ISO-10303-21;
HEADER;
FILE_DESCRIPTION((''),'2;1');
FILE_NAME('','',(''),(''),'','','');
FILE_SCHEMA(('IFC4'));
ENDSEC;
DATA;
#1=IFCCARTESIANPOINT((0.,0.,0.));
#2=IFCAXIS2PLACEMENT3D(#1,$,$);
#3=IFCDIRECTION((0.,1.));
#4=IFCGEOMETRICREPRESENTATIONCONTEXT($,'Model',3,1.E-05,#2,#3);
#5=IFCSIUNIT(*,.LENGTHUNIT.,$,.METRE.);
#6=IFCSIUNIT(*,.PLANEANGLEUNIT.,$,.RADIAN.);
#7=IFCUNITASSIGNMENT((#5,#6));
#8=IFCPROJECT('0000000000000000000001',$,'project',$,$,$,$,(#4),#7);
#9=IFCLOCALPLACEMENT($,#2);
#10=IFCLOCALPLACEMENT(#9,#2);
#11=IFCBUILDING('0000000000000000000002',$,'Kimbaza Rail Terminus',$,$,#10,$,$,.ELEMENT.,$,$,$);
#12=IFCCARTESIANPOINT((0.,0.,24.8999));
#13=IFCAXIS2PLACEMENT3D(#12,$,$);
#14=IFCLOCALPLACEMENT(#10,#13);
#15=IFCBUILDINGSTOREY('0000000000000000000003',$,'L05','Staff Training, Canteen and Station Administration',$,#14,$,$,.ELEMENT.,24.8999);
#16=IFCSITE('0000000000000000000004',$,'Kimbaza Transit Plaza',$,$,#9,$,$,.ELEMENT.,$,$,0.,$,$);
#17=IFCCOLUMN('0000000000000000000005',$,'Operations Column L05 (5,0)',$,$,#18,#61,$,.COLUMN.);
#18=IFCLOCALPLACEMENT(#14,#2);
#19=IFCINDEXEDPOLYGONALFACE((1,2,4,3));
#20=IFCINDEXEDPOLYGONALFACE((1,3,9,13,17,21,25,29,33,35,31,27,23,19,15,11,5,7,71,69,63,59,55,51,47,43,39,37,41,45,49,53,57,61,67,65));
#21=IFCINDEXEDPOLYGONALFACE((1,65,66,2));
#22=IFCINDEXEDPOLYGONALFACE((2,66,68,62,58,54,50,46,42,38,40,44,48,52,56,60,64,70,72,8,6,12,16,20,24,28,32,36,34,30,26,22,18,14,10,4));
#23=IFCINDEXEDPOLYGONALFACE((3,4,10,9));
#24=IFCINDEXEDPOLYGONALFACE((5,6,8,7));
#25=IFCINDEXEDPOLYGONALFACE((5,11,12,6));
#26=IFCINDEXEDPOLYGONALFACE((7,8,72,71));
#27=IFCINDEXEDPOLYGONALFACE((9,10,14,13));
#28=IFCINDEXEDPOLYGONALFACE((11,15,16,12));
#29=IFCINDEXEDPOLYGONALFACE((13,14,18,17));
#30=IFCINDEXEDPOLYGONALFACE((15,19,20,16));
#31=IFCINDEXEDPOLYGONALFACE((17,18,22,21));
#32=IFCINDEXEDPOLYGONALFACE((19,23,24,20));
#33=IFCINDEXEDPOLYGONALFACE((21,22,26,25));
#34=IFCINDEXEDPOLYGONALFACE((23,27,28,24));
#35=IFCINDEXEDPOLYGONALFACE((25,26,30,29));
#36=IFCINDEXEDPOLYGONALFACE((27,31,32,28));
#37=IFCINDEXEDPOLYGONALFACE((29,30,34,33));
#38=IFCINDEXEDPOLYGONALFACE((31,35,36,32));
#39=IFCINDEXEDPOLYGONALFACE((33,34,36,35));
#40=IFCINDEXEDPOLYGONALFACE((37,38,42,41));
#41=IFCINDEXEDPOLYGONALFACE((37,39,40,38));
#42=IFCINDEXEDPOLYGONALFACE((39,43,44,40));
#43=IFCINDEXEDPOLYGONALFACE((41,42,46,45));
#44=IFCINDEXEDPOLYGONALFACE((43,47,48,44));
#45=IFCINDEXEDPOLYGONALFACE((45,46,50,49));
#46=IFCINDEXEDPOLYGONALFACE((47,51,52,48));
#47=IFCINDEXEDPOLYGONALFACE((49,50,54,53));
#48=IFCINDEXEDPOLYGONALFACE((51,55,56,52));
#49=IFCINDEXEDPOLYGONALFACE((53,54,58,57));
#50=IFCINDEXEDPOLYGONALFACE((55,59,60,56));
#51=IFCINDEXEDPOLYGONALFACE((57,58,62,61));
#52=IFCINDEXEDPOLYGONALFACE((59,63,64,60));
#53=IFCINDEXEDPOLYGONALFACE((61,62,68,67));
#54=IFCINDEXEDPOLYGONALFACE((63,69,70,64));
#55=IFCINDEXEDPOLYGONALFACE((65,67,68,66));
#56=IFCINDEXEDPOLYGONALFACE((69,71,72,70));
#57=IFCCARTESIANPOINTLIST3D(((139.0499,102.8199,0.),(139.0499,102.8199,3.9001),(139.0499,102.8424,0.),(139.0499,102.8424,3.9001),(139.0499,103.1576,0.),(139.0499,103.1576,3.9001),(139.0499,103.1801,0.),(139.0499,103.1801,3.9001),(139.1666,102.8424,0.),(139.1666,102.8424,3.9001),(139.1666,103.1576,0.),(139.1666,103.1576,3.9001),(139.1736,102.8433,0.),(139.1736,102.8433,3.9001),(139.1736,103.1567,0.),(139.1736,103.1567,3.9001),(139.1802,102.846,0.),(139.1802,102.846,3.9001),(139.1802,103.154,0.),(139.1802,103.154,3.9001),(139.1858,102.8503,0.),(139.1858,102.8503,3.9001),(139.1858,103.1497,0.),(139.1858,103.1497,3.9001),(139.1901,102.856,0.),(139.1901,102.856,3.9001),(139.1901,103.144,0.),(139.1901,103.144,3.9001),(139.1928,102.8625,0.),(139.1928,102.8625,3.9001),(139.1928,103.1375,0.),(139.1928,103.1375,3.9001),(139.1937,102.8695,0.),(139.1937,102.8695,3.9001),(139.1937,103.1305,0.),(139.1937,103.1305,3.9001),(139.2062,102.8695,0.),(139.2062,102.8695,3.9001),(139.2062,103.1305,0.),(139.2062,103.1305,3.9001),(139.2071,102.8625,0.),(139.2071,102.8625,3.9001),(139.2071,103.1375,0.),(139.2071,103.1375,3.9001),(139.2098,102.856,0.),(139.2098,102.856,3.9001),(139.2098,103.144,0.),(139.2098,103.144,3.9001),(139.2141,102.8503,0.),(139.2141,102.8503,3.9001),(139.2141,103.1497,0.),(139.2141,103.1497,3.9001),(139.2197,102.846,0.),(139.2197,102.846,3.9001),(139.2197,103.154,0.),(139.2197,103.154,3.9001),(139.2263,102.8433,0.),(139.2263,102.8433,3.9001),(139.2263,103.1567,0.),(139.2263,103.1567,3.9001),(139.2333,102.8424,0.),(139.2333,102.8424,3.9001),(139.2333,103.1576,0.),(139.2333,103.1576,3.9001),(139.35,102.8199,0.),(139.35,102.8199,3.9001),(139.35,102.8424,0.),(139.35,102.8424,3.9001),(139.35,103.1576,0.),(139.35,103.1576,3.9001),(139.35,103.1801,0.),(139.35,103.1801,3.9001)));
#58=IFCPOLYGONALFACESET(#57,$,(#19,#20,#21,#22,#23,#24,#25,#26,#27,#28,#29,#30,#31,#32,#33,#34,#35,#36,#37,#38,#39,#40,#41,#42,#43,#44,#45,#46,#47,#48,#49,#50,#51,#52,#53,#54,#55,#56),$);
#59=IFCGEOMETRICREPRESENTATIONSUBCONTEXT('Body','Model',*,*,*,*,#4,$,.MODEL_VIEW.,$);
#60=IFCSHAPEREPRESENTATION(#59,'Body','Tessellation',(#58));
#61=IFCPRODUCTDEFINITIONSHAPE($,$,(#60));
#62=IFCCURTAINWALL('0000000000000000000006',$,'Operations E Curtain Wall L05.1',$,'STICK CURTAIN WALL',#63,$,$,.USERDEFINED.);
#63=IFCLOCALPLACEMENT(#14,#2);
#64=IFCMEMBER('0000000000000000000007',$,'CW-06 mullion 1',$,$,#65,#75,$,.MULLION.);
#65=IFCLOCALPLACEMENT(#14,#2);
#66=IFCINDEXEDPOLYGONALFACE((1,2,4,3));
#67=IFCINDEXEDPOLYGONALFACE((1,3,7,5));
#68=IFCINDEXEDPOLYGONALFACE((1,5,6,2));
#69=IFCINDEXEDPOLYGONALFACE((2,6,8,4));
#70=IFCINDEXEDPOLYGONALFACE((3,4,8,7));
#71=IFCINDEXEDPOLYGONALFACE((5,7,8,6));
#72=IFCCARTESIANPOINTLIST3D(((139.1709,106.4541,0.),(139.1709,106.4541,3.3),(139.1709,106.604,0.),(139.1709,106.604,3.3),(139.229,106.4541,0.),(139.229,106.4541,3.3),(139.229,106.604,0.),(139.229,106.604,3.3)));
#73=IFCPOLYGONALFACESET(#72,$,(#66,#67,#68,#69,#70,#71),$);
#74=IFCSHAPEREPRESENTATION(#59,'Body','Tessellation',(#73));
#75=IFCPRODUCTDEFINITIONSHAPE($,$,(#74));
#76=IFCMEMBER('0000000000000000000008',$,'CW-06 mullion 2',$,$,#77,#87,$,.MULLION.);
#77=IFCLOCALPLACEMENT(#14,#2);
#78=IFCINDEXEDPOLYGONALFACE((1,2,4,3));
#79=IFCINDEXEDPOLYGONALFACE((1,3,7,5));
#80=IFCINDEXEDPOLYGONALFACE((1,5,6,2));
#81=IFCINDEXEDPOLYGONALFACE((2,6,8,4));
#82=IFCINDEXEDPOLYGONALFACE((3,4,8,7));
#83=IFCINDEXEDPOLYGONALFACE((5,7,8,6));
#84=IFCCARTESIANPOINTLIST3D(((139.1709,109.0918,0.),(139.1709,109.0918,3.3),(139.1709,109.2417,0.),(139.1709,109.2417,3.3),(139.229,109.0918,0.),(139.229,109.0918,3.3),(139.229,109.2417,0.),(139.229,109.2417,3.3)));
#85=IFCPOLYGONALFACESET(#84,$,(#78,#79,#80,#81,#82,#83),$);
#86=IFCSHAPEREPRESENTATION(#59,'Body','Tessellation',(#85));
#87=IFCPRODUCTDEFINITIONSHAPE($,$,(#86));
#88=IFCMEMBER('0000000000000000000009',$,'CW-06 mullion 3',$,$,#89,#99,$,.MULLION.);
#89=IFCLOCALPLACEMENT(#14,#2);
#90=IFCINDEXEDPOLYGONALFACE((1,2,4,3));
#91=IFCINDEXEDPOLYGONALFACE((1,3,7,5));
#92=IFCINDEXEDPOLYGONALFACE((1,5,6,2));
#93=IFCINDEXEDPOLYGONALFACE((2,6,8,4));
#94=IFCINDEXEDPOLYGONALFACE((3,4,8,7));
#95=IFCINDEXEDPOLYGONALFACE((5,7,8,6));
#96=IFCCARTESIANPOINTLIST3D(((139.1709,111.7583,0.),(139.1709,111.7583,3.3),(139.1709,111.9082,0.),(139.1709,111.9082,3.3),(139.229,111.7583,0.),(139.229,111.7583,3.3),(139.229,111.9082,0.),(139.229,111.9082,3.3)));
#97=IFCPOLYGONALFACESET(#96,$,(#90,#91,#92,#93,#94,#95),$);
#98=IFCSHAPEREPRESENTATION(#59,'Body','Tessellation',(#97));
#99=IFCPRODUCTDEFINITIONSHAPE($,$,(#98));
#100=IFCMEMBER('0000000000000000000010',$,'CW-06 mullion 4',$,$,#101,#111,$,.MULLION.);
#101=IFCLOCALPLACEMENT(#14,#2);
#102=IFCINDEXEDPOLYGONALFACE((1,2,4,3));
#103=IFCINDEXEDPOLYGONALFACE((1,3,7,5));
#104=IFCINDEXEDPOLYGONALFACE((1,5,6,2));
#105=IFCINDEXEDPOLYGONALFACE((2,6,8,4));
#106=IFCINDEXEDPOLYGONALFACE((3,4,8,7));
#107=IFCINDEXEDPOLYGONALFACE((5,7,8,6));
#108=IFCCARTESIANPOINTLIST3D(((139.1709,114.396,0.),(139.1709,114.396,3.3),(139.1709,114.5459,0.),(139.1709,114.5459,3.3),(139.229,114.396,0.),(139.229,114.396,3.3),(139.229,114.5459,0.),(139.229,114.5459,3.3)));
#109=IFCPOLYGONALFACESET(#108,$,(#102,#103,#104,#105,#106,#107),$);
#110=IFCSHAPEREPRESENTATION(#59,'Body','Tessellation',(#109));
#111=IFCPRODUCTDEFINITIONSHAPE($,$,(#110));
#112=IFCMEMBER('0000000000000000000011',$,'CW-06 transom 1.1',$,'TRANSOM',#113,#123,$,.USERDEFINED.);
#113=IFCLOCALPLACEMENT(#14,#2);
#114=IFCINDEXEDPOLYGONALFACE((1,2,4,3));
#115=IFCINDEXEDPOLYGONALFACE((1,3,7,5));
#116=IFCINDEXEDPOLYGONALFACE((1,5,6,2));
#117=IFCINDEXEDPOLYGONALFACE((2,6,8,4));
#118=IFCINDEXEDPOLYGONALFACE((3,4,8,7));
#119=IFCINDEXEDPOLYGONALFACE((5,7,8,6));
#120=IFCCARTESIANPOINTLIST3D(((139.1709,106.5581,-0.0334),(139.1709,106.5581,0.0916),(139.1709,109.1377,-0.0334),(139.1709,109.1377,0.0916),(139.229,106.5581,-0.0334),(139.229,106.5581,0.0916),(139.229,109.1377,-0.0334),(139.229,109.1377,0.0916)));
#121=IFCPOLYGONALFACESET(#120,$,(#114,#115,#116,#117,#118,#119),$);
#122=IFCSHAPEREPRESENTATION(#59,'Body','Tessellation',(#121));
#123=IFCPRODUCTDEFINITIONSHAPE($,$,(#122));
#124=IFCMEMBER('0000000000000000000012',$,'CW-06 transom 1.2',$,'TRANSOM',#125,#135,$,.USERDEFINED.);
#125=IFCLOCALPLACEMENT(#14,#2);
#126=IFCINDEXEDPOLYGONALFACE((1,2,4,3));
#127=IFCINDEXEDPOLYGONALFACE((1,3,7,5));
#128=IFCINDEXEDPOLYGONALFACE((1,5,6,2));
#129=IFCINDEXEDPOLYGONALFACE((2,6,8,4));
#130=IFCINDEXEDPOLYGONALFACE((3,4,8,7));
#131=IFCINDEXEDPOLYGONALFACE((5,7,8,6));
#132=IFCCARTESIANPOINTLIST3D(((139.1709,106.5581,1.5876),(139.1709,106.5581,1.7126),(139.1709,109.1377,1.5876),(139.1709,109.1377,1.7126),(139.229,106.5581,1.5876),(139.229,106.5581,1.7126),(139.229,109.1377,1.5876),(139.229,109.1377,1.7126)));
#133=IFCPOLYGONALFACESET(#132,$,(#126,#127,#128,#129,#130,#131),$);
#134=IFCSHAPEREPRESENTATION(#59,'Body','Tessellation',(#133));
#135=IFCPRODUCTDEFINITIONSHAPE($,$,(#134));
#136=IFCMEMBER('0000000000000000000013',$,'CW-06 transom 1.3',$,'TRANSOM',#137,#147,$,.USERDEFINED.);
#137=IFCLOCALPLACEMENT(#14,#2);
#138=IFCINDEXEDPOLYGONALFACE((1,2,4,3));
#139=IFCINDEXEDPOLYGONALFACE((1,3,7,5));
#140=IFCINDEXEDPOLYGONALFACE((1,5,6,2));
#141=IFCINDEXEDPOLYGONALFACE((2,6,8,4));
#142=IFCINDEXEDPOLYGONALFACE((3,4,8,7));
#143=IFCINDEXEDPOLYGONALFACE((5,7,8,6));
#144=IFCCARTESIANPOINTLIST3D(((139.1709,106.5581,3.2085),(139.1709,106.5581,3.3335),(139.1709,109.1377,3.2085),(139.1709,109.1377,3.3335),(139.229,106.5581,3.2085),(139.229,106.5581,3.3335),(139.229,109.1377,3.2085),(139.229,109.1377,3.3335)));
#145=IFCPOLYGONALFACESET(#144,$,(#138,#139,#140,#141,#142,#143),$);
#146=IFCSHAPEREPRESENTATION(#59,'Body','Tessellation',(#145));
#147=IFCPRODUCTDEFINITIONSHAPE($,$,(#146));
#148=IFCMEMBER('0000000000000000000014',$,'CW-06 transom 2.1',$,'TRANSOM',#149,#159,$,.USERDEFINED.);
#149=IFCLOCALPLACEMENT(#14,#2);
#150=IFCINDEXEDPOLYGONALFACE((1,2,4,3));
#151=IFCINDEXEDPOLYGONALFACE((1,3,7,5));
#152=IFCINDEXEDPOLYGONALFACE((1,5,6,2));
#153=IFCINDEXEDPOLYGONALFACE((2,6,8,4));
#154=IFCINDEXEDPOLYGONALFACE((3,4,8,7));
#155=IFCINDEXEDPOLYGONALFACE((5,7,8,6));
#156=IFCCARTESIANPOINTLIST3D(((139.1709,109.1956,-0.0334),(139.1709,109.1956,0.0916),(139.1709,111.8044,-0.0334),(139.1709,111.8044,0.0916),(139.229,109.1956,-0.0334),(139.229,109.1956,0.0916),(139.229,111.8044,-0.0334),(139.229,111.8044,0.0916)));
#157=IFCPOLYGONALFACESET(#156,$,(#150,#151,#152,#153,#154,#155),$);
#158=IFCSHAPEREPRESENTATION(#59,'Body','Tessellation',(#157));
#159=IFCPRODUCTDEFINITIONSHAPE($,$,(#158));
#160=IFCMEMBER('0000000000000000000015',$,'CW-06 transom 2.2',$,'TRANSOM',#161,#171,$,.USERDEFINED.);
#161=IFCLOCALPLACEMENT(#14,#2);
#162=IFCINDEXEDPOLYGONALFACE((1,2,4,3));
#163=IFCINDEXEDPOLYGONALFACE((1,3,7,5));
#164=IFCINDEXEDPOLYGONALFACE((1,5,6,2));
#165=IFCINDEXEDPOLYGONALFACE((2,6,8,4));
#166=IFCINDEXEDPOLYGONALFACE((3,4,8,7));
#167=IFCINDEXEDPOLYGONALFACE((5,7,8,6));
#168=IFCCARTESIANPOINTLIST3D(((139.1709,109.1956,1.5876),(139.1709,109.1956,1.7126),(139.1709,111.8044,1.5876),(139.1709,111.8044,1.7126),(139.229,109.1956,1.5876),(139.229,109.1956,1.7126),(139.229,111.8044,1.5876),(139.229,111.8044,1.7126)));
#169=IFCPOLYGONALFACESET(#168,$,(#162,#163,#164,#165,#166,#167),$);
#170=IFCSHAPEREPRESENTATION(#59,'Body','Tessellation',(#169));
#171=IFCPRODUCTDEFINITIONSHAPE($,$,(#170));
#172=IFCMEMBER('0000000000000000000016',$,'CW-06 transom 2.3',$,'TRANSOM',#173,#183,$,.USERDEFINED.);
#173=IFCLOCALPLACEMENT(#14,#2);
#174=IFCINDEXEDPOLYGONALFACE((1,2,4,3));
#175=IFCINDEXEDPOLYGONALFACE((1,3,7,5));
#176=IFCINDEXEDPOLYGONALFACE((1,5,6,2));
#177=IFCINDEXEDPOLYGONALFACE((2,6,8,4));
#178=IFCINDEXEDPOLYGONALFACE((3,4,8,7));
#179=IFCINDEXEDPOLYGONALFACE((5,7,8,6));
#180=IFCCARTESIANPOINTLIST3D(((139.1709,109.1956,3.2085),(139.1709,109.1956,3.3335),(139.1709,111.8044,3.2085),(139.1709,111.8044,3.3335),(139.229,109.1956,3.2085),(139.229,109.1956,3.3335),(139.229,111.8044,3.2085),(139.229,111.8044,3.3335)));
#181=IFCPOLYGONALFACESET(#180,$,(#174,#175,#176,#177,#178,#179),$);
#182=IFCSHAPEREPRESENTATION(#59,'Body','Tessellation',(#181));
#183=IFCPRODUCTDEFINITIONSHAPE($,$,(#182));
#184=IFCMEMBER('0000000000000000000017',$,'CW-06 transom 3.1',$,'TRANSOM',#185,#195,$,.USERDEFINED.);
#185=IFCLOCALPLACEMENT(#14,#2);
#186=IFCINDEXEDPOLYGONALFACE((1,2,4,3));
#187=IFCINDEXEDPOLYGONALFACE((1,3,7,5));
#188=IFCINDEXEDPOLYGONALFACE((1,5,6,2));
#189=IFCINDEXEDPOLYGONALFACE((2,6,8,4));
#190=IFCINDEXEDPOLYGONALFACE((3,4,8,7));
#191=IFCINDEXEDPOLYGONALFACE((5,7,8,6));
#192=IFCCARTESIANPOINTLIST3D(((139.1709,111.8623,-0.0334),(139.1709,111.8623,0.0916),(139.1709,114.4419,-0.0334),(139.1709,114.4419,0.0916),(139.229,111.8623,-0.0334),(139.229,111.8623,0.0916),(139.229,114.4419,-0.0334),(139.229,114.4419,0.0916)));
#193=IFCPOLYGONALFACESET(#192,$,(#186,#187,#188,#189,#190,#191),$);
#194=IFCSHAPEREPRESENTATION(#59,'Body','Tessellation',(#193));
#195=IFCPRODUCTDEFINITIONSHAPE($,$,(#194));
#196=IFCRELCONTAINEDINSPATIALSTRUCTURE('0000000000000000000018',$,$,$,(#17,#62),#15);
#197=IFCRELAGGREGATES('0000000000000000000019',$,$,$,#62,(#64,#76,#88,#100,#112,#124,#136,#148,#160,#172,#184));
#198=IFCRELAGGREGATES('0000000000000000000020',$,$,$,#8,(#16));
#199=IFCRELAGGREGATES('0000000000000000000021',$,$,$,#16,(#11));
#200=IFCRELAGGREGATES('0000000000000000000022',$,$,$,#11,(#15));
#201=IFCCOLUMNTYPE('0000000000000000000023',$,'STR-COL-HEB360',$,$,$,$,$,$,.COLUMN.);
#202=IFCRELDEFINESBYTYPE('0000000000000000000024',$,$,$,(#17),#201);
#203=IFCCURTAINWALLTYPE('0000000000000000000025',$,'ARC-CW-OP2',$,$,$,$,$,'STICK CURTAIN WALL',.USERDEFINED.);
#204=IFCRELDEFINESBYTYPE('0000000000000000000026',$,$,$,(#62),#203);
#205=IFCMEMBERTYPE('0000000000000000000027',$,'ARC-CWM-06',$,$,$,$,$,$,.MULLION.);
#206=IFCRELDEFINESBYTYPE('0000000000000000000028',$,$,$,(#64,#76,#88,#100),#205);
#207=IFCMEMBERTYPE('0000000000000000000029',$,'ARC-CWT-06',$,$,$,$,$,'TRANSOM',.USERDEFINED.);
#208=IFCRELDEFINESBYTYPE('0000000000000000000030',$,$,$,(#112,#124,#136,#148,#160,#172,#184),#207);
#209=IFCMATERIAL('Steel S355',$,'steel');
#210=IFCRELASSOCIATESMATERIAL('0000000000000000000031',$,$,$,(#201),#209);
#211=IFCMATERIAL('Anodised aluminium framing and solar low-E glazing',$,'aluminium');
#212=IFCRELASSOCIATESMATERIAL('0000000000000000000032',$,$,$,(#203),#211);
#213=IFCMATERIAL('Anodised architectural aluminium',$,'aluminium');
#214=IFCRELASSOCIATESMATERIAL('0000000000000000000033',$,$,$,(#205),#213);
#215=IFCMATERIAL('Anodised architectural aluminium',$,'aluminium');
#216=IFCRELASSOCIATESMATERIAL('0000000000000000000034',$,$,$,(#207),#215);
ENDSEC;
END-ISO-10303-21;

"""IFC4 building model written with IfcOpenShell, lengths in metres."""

from ifc_helpers import new_model, si_unit, direction, frame, origin, origin_2d, place, context, subcontext, project, spatial, rectangle, i_section, extrude, material, material_profile, profile_set, type_object, element, aggregate, save


model = new_model("IFC4")

# Units and contexts
model_context = context("Model", 3, precision=1e-05, world=origin(), true_north=direction((0.0, 1.0)))
body_context = subcontext(model_context, "Body", "Model", "MODEL_VIEW")
ifc_project = project(units=[si_unit("LENGTHUNIT", "METRE"), si_unit("PLANEANGLEUNIT", "RADIAN")], contexts=[model_context])

# Site, building, storey
site_placement = place(None, origin())
site = spatial("IfcSite", under=ifc_project, at=site_placement, Name="Kimbaza Transit Plaza", CompositionType="ELEMENT", RefElevation=0.0)
building_placement = place(site_placement, origin())
building = spatial("IfcBuilding", under=site, at=building_placement, Name="Kimbaza Rail Terminus", CompositionType="ELEMENT")
storey_placement = place(building_placement, frame((0.0, 0.0, 24.8999)))
storey = spatial("IfcBuildingStorey", under=building, at=storey_placement, Name="L05", Description="Staff Training, Canteen and Station Administration", CompositionType="ELEMENT", Elevation=24.8999)

# Column
ifc_material_1 = material(Name="Steel S355", Category="steel")
ifc_material_profile_1 = material_profile(ifc_material_1, i_section(OverallWidth=0.3, OverallDepth=0.3601, WebThickness=0.0125, FlangeThickness=0.0225, FilletRadius=0.0271, at=origin_2d()), Name="HEB 360")
ifc_profile_set_1 = profile_set([ifc_material_profile_1], Name="Steel S355")
column_type = type_object("IfcColumnType", Name="STR-COL-HEB360", PredefinedType="COLUMN", material=ifc_profile_set_1)
column_placement = place(storey_placement, frame((139.2, 103.0, 0.0), z_axis=(0.0, 0.0, 1.0), x_axis=(1.0, 0.0, 0.0)))
element("IfcColumn", 1, at=column_placement, inside=storey, type_object=column_type, Name="Operations Column L05 (5,0)", PredefinedType="COLUMN", context=body_context, shape_type="SweptSolid", body=[
    extrude(i_section(OverallWidth=0.3, OverallDepth=0.3601, WebThickness=0.0125, FlangeThickness=0.0225, FilletRadius=0.0271, at=origin_2d()), origin(), (0.0, 0.0, 1.0), 3.9001),
])

# Curtain wall, members
ifc_material_2 = material(Name="Anodised aluminium framing and solar low-E glazing", Category="aluminium")
curtain_wall_type = type_object("IfcCurtainWallType", Name="ARC-CW-OP2", ElementType="STICK CURTAIN WALL", PredefinedType="USERDEFINED", material=ifc_material_2)
curtain_wall_placement = place(storey_placement, origin())
curtain_wall = element("IfcCurtainWall", 2, at=curtain_wall_placement, inside=storey, type_object=curtain_wall_type, Name="Operations E Curtain Wall L05.1", ObjectType="STICK CURTAIN WALL", PredefinedType="USERDEFINED")
ifc_material_3 = material(Name="Anodised architectural aluminium", Category="aluminium")
ifc_material_profile_2 = material_profile(ifc_material_3, rectangle(XDim=0.0581, YDim=0.1499, at=origin_2d()), Name="MULLION 58x150")
ifc_profile_set_2 = profile_set([ifc_material_profile_2], Name="Anodised architectural aluminium")
member_type_1 = type_object("IfcMemberType", Name="ARC-CWM-06", PredefinedType="MULLION", material=ifc_profile_set_2)
member_1_placement = place(storey_placement, frame((139.2, 106.5291, 0.0), z_axis=(0.0, 0.0, 1.0), x_axis=(-1.0, 0.0, 0.0)))
member_1 = element("IfcMember", 3, at=member_1_placement, type_object=member_type_1, Name="CW-06 mullion 1", PredefinedType="MULLION", context=body_context, shape_type="SweptSolid", body=[
    extrude(rectangle(XDim=0.0581, YDim=0.1499, at=origin_2d()), origin(), (0.0, 0.0, 1.0), 3.3),
])
member_2_placement = place(storey_placement, frame((139.2, 109.1667, 0.0), z_axis=(0.0, 0.0, 1.0), x_axis=(-1.0, 0.0, 0.0)))
member_2 = element("IfcMember", 4, at=member_2_placement, type_object=member_type_1, Name="CW-06 mullion 2", PredefinedType="MULLION", context=body_context, shape_type="SweptSolid", body=[
    extrude(rectangle(XDim=0.0581, YDim=0.1499, at=origin_2d()), origin(), (0.0, 0.0, 1.0), 3.3),
])
member_3_placement = place(storey_placement, frame((139.2, 111.8333, 0.0), z_axis=(0.0, 0.0, 1.0), x_axis=(-1.0, 0.0, 0.0)))
member_3 = element("IfcMember", 5, at=member_3_placement, type_object=member_type_1, Name="CW-06 mullion 3", PredefinedType="MULLION", context=body_context, shape_type="SweptSolid", body=[
    extrude(rectangle(XDim=0.0581, YDim=0.1499, at=origin_2d()), origin(), (0.0, 0.0, 1.0), 3.3),
])
member_4_placement = place(storey_placement, frame((139.2, 114.4709, 0.0), z_axis=(0.0, 0.0, 1.0), x_axis=(-1.0, 0.0, 0.0)))
member_4 = element("IfcMember", 6, at=member_4_placement, type_object=member_type_1, Name="CW-06 mullion 4", PredefinedType="MULLION", context=body_context, shape_type="SweptSolid", body=[
    extrude(rectangle(XDim=0.0581, YDim=0.1499, at=origin_2d()), origin(), (0.0, 0.0, 1.0), 3.3),
])
ifc_material_4 = material(Name="Anodised architectural aluminium", Category="aluminium")
ifc_material_profile_3 = material_profile(ifc_material_4, rectangle(XDim=0.0581, YDim=0.125, at=origin_2d()), Name="TRANSOM 58x125")
ifc_profile_set_3 = profile_set([ifc_material_profile_3], Name="Anodised architectural aluminium")
member_type_2 = type_object("IfcMemberType", Name="ARC-CWT-06", ElementType="TRANSOM", PredefinedType="USERDEFINED", material=ifc_profile_set_3)
member_5_placement = place(storey_placement, frame((139.2, 106.5581, 0.0291), z_axis=(0.0, 1.0, 0.0), x_axis=(-1.0, 0.0, 0.0)))
member_5 = element("IfcMember", 7, at=member_5_placement, type_object=member_type_2, Name="CW-06 transom 1.1", ObjectType="TRANSOM", PredefinedType="USERDEFINED", context=body_context, shape_type="SweptSolid", body=[
    extrude(rectangle(XDim=0.0581, YDim=0.125, at=origin_2d()), origin(), (0.0, 0.0, 1.0), 2.5796),
])
member_6_placement = place(storey_placement, frame((139.2, 106.5581, 1.6501), z_axis=(0.0, 1.0, 0.0), x_axis=(-1.0, 0.0, 0.0)))
member_6 = element("IfcMember", 8, at=member_6_placement, type_object=member_type_2, Name="CW-06 transom 1.2", ObjectType="TRANSOM", PredefinedType="USERDEFINED", context=body_context, shape_type="SweptSolid", body=[
    extrude(rectangle(XDim=0.0581, YDim=0.125, at=origin_2d()), origin(), (0.0, 0.0, 1.0), 2.5796),
])
member_7_placement = place(storey_placement, frame((139.2, 106.5581, 3.271), z_axis=(0.0, 1.0, 0.0), x_axis=(-1.0, 0.0, 0.0)))
member_7 = element("IfcMember", 9, at=member_7_placement, type_object=member_type_2, Name="CW-06 transom 1.3", ObjectType="TRANSOM", PredefinedType="USERDEFINED", context=body_context, shape_type="SweptSolid", body=[
    extrude(rectangle(XDim=0.0581, YDim=0.125, at=origin_2d()), origin(), (0.0, 0.0, 1.0), 2.5796),
])
member_8_placement = place(storey_placement, frame((139.2, 109.1956, 0.0291), z_axis=(0.0, 1.0, 0.0), x_axis=(-1.0, 0.0, 0.0)))
member_8 = element("IfcMember", 10, at=member_8_placement, type_object=member_type_2, Name="CW-06 transom 2.1", ObjectType="TRANSOM", PredefinedType="USERDEFINED", context=body_context, shape_type="SweptSolid", body=[
    extrude(rectangle(XDim=0.0581, YDim=0.125, at=origin_2d()), origin(), (0.0, 0.0, 1.0), 2.6089),
])
member_9_placement = place(storey_placement, frame((139.2, 109.1956, 1.6501), z_axis=(0.0, 1.0, 0.0), x_axis=(-1.0, 0.0, 0.0)))
member_9 = element("IfcMember", 11, at=member_9_placement, type_object=member_type_2, Name="CW-06 transom 2.2", ObjectType="TRANSOM", PredefinedType="USERDEFINED", context=body_context, shape_type="SweptSolid", body=[
    extrude(rectangle(XDim=0.0581, YDim=0.125, at=origin_2d()), origin(), (0.0, 0.0, 1.0), 2.6089),
])
member_10_placement = place(storey_placement, frame((139.2, 109.1956, 3.271), z_axis=(0.0, 1.0, 0.0), x_axis=(-1.0, 0.0, 0.0)))
member_10 = element("IfcMember", 12, at=member_10_placement, type_object=member_type_2, Name="CW-06 transom 2.3", ObjectType="TRANSOM", PredefinedType="USERDEFINED", context=body_context, shape_type="SweptSolid", body=[
    extrude(rectangle(XDim=0.0581, YDim=0.125, at=origin_2d()), origin(), (0.0, 0.0, 1.0), 2.6089),
])
member_11_placement = place(storey_placement, frame((139.2, 111.8623, 0.0291), z_axis=(0.0, 1.0, 0.0), x_axis=(-1.0, 0.0, 0.0)))
member_11 = element("IfcMember", 13, at=member_11_placement, type_object=member_type_2, Name="CW-06 transom 3.1", ObjectType="TRANSOM", PredefinedType="USERDEFINED", context=body_context, shape_type="SweptSolid", body=[
    extrude(rectangle(XDim=0.0581, YDim=0.125, at=origin_2d()), origin(), (0.0, 0.0, 1.0), 2.5796),
])

aggregate(curtain_wall, [member_1, member_2, member_3, member_4, member_5, member_6, member_7, member_8, member_9, member_10, member_11])

save(model, "model.ifc")
